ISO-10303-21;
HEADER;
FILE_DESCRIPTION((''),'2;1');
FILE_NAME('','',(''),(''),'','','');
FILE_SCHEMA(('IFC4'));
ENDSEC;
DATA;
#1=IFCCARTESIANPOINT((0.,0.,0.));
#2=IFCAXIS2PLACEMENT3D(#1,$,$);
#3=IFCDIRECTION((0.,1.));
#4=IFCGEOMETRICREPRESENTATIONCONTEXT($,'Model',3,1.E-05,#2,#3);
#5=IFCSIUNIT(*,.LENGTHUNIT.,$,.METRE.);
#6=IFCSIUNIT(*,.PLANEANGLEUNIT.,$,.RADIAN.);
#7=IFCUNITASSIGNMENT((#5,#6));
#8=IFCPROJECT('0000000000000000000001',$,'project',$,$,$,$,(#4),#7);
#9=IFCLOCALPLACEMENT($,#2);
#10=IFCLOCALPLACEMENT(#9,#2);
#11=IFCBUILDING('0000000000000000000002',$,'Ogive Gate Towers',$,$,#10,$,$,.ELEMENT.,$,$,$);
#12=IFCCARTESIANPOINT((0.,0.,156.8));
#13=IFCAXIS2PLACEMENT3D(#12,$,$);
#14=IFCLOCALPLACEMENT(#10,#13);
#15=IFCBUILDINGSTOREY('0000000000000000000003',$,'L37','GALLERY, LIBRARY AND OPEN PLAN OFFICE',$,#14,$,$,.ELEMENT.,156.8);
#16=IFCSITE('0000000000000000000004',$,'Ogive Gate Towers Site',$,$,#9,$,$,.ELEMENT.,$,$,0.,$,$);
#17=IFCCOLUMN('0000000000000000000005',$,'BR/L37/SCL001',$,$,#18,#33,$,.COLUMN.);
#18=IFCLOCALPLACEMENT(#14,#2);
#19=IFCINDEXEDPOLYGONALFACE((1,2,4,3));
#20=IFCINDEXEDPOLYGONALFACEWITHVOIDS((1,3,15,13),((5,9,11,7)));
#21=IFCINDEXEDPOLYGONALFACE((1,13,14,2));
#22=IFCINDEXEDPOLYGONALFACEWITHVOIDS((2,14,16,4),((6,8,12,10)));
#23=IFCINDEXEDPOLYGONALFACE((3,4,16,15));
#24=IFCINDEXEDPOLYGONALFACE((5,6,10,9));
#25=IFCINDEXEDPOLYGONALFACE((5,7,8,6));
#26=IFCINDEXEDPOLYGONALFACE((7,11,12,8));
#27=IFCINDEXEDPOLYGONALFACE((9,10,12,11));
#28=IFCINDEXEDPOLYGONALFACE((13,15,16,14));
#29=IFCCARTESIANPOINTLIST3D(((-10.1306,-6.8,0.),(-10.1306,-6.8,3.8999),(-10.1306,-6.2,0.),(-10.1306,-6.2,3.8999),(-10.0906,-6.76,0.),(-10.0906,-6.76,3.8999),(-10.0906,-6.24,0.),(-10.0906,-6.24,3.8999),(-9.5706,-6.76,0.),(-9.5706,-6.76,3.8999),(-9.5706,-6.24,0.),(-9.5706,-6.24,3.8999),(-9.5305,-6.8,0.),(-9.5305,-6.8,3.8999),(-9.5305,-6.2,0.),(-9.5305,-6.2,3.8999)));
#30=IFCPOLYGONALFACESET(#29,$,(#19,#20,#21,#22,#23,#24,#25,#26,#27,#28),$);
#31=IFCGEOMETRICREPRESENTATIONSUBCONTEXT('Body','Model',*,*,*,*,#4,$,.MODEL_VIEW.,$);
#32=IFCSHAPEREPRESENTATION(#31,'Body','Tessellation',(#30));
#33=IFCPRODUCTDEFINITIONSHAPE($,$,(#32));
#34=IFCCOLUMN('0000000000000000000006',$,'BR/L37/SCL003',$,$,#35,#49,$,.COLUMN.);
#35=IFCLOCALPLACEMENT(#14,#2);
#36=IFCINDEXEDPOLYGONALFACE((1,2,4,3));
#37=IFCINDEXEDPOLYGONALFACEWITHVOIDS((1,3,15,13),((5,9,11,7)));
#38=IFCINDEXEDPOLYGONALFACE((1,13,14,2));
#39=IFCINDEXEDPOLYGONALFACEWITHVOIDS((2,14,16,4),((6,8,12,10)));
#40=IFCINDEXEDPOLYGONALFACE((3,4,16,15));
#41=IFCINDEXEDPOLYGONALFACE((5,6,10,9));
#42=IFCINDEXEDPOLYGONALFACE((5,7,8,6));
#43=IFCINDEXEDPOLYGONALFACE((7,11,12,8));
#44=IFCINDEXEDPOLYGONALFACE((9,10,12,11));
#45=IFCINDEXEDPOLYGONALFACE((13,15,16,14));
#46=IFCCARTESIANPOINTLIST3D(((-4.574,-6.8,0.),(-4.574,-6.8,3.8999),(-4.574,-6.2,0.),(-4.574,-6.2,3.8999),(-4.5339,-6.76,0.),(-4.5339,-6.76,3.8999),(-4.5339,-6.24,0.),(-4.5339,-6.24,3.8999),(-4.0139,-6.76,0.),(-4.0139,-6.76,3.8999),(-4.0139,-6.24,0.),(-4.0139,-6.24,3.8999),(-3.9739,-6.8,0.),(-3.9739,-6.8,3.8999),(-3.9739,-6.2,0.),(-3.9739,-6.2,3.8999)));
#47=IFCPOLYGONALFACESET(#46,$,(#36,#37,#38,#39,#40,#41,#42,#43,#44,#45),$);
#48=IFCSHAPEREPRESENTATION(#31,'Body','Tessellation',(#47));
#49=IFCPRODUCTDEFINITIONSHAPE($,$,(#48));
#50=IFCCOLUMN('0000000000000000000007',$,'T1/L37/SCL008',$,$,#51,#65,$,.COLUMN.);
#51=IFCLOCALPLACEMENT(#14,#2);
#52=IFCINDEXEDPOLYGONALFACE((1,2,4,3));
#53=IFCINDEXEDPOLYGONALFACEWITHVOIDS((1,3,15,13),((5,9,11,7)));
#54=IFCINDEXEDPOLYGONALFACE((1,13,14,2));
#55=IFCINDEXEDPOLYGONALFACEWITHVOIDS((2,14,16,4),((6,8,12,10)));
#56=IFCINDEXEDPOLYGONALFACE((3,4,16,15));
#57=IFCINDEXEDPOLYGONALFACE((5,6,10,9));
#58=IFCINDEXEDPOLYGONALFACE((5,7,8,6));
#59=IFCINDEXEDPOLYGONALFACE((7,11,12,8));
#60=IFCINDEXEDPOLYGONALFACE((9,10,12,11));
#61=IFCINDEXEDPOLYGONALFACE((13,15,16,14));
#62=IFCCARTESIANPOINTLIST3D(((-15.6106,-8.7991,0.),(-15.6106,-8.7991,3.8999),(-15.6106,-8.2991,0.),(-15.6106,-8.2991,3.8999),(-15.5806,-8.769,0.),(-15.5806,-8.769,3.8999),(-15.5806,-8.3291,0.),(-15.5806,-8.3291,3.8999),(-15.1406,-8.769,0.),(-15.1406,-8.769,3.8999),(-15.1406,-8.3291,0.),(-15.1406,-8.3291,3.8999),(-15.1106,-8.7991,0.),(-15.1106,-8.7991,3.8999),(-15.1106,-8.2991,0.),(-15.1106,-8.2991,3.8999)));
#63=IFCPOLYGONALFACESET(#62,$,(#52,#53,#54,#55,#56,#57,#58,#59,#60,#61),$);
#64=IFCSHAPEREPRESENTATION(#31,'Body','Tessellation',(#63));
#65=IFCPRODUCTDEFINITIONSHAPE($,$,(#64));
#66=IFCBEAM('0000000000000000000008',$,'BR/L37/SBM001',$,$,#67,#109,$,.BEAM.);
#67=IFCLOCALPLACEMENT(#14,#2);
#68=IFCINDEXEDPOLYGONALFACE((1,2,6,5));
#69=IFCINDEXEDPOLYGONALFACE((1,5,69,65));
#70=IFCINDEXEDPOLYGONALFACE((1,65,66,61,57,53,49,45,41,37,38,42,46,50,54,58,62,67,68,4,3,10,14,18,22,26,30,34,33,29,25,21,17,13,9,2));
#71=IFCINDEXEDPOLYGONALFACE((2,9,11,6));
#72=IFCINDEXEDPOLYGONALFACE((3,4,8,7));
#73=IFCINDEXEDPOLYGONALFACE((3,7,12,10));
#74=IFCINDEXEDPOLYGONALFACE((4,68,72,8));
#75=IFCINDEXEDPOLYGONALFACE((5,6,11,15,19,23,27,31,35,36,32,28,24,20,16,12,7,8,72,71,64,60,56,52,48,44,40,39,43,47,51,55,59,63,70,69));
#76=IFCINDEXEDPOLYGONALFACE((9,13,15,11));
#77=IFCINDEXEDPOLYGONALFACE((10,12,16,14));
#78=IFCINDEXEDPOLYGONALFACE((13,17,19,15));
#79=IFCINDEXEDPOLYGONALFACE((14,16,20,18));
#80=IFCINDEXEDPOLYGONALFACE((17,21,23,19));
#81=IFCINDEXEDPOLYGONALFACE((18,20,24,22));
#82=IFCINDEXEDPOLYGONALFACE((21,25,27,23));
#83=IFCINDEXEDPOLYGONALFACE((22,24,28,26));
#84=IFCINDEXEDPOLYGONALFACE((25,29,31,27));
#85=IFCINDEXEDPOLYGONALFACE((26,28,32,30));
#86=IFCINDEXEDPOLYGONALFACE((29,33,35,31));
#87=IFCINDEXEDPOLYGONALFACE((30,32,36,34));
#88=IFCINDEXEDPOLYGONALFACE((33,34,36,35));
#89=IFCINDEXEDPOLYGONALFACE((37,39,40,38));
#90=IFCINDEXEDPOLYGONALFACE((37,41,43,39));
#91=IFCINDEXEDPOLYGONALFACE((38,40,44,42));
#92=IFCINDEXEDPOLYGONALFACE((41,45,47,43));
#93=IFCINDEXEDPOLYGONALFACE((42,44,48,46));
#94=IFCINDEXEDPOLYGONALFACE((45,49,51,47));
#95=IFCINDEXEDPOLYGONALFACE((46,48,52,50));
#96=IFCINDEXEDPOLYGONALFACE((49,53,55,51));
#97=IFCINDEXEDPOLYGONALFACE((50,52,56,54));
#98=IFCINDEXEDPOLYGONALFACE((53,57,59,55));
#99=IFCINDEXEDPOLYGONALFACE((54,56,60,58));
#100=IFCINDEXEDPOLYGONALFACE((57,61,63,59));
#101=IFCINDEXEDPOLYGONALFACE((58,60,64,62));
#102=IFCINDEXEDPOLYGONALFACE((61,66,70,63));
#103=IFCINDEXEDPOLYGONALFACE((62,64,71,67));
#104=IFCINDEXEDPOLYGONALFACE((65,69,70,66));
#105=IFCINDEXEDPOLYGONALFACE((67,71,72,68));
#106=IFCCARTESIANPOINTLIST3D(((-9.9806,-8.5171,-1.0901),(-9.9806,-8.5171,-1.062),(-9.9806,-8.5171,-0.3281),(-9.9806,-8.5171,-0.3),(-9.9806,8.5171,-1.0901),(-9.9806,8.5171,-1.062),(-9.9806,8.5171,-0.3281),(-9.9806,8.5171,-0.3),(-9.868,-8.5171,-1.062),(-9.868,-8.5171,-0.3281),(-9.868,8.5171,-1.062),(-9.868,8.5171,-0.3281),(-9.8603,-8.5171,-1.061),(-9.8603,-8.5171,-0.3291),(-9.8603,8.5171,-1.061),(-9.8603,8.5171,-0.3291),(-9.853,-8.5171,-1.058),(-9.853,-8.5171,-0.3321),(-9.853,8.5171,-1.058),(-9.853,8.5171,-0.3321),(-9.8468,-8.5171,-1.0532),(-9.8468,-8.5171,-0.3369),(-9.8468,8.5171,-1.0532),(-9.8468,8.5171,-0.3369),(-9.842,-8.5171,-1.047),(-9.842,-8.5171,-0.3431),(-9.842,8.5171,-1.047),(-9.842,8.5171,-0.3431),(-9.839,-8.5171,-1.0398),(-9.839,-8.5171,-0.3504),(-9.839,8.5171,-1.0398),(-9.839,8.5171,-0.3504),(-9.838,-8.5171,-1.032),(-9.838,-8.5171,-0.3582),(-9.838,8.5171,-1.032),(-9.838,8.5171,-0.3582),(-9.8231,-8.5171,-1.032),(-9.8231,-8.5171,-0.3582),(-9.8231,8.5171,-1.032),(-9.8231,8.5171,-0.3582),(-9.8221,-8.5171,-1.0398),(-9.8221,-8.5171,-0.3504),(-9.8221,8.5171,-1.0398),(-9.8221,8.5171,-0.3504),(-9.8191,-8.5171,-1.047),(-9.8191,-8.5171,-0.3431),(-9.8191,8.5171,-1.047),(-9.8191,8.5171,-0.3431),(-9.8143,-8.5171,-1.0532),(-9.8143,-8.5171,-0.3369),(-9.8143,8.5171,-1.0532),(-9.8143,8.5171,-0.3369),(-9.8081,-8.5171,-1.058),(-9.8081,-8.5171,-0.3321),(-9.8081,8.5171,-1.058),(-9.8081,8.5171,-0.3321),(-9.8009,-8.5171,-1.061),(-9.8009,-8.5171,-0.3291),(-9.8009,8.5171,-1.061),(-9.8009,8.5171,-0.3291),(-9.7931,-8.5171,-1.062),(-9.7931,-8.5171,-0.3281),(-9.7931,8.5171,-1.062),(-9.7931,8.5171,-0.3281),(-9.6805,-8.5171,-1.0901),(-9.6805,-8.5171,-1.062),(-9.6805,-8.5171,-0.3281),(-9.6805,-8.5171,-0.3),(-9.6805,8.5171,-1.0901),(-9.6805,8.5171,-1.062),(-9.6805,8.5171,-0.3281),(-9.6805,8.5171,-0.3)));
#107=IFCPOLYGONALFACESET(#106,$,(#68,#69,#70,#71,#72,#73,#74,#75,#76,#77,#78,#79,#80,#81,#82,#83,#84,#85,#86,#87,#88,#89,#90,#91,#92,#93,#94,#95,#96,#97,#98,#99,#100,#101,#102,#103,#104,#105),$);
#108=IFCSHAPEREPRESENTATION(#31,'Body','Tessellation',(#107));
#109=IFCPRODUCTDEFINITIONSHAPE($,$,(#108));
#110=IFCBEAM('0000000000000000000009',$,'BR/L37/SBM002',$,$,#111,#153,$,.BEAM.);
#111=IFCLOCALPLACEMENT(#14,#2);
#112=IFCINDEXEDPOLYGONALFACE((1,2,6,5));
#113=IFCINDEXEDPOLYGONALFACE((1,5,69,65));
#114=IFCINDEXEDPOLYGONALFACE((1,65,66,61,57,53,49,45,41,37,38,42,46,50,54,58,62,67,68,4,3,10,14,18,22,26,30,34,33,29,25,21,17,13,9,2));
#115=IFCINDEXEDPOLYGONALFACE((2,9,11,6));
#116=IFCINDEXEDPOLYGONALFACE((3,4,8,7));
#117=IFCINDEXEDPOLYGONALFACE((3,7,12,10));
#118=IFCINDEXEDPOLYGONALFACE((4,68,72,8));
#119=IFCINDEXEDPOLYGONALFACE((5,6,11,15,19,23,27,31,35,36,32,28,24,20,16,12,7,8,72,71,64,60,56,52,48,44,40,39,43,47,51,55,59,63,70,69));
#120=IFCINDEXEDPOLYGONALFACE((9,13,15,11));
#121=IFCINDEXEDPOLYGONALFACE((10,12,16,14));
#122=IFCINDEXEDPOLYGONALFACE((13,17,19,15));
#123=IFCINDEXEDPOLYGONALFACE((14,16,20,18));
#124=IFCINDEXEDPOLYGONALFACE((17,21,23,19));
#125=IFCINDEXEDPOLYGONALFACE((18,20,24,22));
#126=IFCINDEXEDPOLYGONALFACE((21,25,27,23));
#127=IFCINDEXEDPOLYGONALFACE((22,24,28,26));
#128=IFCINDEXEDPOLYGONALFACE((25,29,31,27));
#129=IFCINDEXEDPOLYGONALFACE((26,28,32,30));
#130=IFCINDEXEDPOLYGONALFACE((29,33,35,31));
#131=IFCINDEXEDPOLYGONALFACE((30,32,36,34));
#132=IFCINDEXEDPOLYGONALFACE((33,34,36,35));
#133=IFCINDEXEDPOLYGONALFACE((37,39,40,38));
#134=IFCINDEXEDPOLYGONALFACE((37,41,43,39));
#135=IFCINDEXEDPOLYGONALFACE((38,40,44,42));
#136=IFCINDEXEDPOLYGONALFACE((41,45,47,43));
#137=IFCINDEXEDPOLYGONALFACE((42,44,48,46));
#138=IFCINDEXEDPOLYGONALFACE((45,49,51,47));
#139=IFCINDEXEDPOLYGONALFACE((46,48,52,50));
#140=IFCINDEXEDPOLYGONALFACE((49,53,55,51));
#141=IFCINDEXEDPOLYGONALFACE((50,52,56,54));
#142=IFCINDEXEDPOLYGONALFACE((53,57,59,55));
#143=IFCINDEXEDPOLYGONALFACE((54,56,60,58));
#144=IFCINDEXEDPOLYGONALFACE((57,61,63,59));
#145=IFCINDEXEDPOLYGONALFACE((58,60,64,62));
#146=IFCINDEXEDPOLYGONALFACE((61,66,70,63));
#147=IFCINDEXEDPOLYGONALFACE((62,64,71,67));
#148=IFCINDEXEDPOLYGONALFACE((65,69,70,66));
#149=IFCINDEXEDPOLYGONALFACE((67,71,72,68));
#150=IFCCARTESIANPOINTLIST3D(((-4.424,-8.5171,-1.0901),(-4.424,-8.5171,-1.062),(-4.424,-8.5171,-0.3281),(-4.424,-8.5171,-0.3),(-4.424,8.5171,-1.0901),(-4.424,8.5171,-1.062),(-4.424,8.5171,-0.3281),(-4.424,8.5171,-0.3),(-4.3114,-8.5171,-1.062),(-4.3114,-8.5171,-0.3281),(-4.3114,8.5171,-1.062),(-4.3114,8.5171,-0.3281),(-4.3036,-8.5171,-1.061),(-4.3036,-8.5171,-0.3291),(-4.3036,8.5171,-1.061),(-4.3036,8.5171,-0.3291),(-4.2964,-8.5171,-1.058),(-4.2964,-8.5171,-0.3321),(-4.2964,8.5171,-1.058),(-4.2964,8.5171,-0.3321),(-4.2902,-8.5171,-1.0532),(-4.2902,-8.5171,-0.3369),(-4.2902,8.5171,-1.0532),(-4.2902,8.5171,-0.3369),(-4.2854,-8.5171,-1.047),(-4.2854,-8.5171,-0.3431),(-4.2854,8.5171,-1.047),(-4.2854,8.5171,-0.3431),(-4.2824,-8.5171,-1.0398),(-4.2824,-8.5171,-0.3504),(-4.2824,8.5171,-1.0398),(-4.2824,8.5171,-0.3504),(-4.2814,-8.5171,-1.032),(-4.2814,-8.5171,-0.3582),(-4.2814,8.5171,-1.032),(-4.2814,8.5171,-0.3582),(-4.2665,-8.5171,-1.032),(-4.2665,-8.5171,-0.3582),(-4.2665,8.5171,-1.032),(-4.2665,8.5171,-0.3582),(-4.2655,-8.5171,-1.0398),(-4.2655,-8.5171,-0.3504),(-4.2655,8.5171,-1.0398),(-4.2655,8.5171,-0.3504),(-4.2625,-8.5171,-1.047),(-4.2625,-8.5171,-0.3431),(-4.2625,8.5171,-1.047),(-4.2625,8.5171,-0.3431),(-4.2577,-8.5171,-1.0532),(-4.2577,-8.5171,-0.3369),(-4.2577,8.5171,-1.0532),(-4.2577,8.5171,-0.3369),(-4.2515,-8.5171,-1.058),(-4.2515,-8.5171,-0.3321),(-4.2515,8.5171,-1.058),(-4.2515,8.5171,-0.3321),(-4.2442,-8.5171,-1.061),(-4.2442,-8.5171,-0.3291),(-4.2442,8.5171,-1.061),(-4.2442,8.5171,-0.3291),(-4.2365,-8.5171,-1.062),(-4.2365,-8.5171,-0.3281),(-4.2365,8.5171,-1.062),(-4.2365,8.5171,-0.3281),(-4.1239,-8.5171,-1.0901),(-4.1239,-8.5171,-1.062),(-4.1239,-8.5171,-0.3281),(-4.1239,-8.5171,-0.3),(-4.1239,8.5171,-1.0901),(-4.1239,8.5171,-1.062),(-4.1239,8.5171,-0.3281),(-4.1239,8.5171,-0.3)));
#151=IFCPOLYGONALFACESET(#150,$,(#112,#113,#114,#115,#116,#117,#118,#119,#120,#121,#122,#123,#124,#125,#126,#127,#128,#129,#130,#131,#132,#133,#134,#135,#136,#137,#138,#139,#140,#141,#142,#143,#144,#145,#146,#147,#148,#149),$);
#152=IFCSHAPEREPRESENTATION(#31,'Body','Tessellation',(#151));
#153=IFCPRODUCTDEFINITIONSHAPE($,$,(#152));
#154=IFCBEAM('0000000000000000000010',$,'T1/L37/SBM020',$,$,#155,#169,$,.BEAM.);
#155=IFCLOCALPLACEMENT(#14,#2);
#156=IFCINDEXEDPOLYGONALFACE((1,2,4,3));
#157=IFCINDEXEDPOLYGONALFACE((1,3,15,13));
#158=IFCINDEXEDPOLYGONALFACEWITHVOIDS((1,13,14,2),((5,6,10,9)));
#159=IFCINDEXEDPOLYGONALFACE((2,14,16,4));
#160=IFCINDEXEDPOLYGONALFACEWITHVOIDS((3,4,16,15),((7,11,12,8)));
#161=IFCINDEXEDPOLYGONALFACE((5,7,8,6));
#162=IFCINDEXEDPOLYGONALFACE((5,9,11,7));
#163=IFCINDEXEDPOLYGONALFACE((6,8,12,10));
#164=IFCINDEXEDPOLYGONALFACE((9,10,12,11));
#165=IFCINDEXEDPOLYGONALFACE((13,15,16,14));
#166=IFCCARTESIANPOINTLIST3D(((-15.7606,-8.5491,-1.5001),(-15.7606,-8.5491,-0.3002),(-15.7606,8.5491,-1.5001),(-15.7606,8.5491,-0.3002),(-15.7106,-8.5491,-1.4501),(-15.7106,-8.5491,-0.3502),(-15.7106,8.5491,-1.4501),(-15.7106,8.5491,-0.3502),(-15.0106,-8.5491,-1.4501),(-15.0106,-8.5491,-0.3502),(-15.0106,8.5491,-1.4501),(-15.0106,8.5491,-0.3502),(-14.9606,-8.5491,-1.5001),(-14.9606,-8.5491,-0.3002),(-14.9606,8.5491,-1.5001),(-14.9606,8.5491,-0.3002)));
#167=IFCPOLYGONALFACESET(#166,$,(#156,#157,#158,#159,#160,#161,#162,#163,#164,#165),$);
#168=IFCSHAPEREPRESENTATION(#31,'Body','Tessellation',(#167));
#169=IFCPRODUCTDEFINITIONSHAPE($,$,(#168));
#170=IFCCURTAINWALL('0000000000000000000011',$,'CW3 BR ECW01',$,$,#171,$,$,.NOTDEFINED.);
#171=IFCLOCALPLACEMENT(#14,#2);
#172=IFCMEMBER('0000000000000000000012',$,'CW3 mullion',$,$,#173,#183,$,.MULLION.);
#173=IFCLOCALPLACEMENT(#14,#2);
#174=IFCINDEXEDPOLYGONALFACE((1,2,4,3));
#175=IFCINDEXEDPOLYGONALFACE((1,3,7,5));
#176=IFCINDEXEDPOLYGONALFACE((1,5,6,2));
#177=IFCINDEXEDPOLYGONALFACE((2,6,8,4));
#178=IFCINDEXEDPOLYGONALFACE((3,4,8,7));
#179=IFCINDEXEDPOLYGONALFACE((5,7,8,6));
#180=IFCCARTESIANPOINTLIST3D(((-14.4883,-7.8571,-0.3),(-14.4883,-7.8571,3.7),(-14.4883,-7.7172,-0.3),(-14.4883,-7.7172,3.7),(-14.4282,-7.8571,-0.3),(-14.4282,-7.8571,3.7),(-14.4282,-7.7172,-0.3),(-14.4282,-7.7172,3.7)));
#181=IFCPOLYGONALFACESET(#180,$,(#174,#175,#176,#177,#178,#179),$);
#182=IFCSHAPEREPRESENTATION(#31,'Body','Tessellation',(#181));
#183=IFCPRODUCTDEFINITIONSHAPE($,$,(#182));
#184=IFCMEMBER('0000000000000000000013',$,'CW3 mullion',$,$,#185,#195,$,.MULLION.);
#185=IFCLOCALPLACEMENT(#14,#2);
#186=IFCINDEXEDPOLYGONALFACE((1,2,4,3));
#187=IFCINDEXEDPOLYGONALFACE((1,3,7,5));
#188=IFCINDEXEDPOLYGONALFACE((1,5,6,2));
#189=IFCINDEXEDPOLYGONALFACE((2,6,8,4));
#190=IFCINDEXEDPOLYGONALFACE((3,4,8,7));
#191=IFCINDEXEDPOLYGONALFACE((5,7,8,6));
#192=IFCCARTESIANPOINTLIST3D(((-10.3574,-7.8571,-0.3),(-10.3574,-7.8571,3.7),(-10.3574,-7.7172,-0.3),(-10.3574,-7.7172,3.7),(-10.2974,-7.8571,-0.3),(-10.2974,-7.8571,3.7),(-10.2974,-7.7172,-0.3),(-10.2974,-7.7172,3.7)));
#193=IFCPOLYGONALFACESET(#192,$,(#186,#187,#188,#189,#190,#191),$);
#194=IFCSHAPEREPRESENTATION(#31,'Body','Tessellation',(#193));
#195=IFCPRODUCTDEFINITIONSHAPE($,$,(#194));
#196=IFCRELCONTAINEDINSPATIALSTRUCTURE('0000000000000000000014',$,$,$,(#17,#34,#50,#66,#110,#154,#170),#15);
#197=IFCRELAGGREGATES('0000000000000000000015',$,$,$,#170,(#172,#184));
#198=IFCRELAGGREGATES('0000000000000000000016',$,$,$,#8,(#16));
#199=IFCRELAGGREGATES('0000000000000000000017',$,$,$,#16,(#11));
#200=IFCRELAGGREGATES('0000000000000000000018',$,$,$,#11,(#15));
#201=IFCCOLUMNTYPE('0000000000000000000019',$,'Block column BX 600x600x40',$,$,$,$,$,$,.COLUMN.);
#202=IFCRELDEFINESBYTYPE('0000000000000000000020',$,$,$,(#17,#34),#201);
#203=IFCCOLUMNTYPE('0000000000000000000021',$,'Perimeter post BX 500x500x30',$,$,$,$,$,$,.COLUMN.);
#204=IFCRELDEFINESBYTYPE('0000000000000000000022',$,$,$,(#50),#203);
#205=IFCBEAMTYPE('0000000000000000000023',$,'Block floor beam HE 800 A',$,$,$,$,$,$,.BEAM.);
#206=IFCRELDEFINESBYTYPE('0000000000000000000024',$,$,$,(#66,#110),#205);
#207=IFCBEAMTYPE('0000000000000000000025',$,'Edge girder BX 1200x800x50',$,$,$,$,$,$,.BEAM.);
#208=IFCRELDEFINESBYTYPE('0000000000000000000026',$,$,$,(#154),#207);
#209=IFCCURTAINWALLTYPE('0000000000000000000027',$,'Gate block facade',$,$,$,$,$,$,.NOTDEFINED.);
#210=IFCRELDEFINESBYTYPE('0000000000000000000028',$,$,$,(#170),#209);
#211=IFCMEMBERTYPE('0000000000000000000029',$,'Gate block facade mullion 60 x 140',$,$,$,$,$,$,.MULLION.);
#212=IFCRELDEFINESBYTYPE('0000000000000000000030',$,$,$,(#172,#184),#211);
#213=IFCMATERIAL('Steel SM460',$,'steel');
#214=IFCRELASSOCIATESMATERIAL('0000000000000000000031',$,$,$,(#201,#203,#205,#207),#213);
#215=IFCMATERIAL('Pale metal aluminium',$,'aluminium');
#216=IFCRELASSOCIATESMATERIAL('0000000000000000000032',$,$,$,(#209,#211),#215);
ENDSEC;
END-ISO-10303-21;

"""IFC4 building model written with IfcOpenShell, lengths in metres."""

from ifc_helpers import new_model, si_unit, direction, frame, origin, origin_2d, place, context, subcontext, project, spatial, rectangle, hollow_rectangle, i_section, extrude, material, material_profile, profile_set, type_object, element, aggregate, save


model = new_model("IFC4")

# Units and contexts
model_context = context("Model", 3, precision=1e-05, world=origin(), true_north=direction((0.0, 1.0)))
body_context = subcontext(model_context, "Body", "Model", "MODEL_VIEW")
ifc_project = project(units=[si_unit("LENGTHUNIT", "METRE"), si_unit("PLANEANGLEUNIT", "RADIAN")], contexts=[model_context])

# Site, building, storey
site_placement = place(None, origin())
site = spatial("IfcSite", under=ifc_project, at=site_placement, Name="Ogive Gate Towers Site", CompositionType="ELEMENT", RefElevation=0.0)
building_placement = place(site_placement, origin())
building = spatial("IfcBuilding", under=site, at=building_placement, Name="Ogive Gate Towers", CompositionType="ELEMENT")
storey_placement = place(building_placement, frame((0.0, 0.0, 156.8)))
storey = spatial("IfcBuildingStorey", under=building, at=storey_placement, Name="L37", Description="GALLERY, LIBRARY AND OPEN PLAN OFFICE", CompositionType="ELEMENT", Elevation=156.8)

# Columns
ifc_material_1 = material(Name="Steel SM460", Category="steel")
ifc_material_profile_1 = material_profile(ifc_material_1, hollow_rectangle(XDim=0.6001, YDim=0.6001, WallThickness=0.04, at=origin_2d()), Name="BX 600x600x40")
ifc_profile_set_1 = profile_set([ifc_material_profile_1], Name="Steel SM460")
column_type_1 = type_object("IfcColumnType", Name="Block column BX 600x600x40", PredefinedType="COLUMN", material=ifc_profile_set_1)
for number, where, z_axis, x_axis, name in (
    (1, (-9.8306, -6.5, 0.0), (0.0, 0.0, 1.0), (1.0, 0.0, 0.0), "BR/L37/SCL001"),
    (2, (-4.2739, -6.5, 0.0), (0.0, 0.0, 1.0), (1.0, 0.0, 0.0), "BR/L37/SCL003"),
):
    element("IfcColumn", number, at=place(storey_placement, frame(where, z_axis=z_axis, x_axis=x_axis)), inside=storey, type_object=column_type_1, Name=name, PredefinedType="COLUMN", context=body_context, shape_type="SweptSolid", body=[
        extrude(hollow_rectangle(XDim=0.6001, YDim=0.6001, WallThickness=0.04, at=origin_2d()), origin(), (0.0, 0.0, 1.0), 3.8999),
    ])
ifc_material_profile_2 = material_profile(ifc_material_1, hollow_rectangle(XDim=0.5, YDim=0.5, WallThickness=0.03, at=origin_2d()), Name="BX 500x500x30")
ifc_profile_set_2 = profile_set([ifc_material_profile_2], Name="Steel SM460")
column_type_2 = type_object("IfcColumnType", Name="Perimeter post BX 500x500x30", PredefinedType="COLUMN", material=ifc_profile_set_2)
column_placement = place(storey_placement, frame((-15.3606, -8.5491, 0.0), z_axis=(0.0, 0.0, 1.0), x_axis=(1.0, 0.0, 0.0)))
element("IfcColumn", 3, at=column_placement, inside=storey, type_object=column_type_2, Name="T1/L37/SCL008", PredefinedType="COLUMN", context=body_context, shape_type="SweptSolid", body=[
    extrude(hollow_rectangle(XDim=0.5, YDim=0.5, WallThickness=0.03, at=origin_2d()), origin(), (0.0, 0.0, 1.0), 3.8999),
])

# Beams
ifc_material_profile_3 = material_profile(ifc_material_1, i_section(OverallWidth=0.3, OverallDepth=0.79, WebThickness=0.0149, FlangeThickness=0.0281, FilletRadius=0.03, at=origin_2d()), Name="HE 800 A")
ifc_profile_set_3 = profile_set([ifc_material_profile_3], Name="Steel SM460")
beam_type_1 = type_object("IfcBeamType", Name="Block floor beam HE 800 A", PredefinedType="BEAM", material=ifc_profile_set_3)
for number, where, z_axis, x_axis, name in (
    (4, (-9.8306, -8.5171, -0.6951), (0.0, 1.0, 0.0), (-1.0, 0.0, 0.0), "BR/L37/SBM001"),
    (5, (-4.2739, -8.5171, -0.6951), (0.0, 1.0, 0.0), (-1.0, 0.0, 0.0), "BR/L37/SBM002"),
):
    element("IfcBeam", number, at=place(storey_placement, frame(where, z_axis=z_axis, x_axis=x_axis)), inside=storey, type_object=beam_type_1, Name=name, PredefinedType="BEAM", context=body_context, shape_type="SweptSolid", body=[
        extrude(i_section(OverallWidth=0.3, OverallDepth=0.79, WebThickness=0.0149, FlangeThickness=0.0281, FilletRadius=0.03, at=origin_2d()), origin(), (0.0, 0.0, 1.0), 17.0342),
    ])
ifc_material_profile_4 = material_profile(ifc_material_1, hollow_rectangle(XDim=0.8, YDim=1.2, WallThickness=0.05, at=origin_2d()), Name="BX 1200x800x50")
ifc_profile_set_4 = profile_set([ifc_material_profile_4], Name="Steel SM460")
beam_type_2 = type_object("IfcBeamType", Name="Edge girder BX 1200x800x50", PredefinedType="BEAM", material=ifc_profile_set_4)
beam_placement = place(storey_placement, frame((-15.3606, -8.5491, -0.9001), z_axis=(0.0, 1.0, 0.0), x_axis=(-1.0, 0.0, 0.0)))
element("IfcBeam", 6, at=beam_placement, inside=storey, type_object=beam_type_2, Name="T1/L37/SBM020", PredefinedType="BEAM", context=body_context, shape_type="SweptSolid", body=[
    extrude(hollow_rectangle(XDim=0.8, YDim=1.2, WallThickness=0.05, at=origin_2d()), origin(), (0.0, 0.0, 1.0), 17.0981),
])

# Curtain wall, members
ifc_material_2 = material(Name="Pale metal aluminium", Category="aluminium")
curtain_wall_type_1 = type_object("IfcCurtainWallType", Name="Gate block facade", PredefinedType="NOTDEFINED", material=ifc_material_2)
curtain_wall_1_placement = place(storey_placement, origin())
curtain_wall_1 = element("IfcCurtainWall", 7, at=curtain_wall_1_placement, inside=storey, type_object=curtain_wall_type_1, Name="CW3 BR ECW01", PredefinedType="NOTDEFINED")
ifc_material_profile_5 = material_profile(ifc_material_2, rectangle(XDim=0.1399, YDim=0.0601, at=origin_2d()), Name="60 x 140 aluminium box")
ifc_profile_set_5 = profile_set([ifc_material_profile_5], Name="Pale metal aluminium")
member_type_1 = type_object("IfcMemberType", Name="Gate block facade mullion 60 x 140", PredefinedType="MULLION", material=ifc_profile_set_5)
member_1_placement = place(storey_placement, frame((-14.4583, -7.7871, -0.3), z_axis=(0.0, 0.0, 1.0), x_axis=(0.0, -1.0, 0.0)))
member_1 = element("IfcMember", 8, at=member_1_placement, type_object=member_type_1, Name="CW3 mullion", PredefinedType="MULLION", context=body_context, shape_type="SweptSolid", body=[
    extrude(rectangle(XDim=0.1399, YDim=0.0601, at=origin_2d()), origin(), (0.0, 0.0, 1.0), 4.0),
])
member_2_placement = place(storey_placement, frame((-10.3274, -7.7871, -0.3), z_axis=(0.0, 0.0, 1.0), x_axis=(0.0, -1.0, 0.0)))
member_2 = element("IfcMember", 9, at=member_2_placement, type_object=member_type_1, Name="CW3 mullion", PredefinedType="MULLION", context=body_context, shape_type="SweptSolid", body=[
    extrude(rectangle(XDim=0.1399, YDim=0.0601, at=origin_2d()), origin(), (0.0, 0.0, 1.0), 4.0),
])

aggregate(curtain_wall_1, [member_1, member_2])

save(model, "model.ifc")
